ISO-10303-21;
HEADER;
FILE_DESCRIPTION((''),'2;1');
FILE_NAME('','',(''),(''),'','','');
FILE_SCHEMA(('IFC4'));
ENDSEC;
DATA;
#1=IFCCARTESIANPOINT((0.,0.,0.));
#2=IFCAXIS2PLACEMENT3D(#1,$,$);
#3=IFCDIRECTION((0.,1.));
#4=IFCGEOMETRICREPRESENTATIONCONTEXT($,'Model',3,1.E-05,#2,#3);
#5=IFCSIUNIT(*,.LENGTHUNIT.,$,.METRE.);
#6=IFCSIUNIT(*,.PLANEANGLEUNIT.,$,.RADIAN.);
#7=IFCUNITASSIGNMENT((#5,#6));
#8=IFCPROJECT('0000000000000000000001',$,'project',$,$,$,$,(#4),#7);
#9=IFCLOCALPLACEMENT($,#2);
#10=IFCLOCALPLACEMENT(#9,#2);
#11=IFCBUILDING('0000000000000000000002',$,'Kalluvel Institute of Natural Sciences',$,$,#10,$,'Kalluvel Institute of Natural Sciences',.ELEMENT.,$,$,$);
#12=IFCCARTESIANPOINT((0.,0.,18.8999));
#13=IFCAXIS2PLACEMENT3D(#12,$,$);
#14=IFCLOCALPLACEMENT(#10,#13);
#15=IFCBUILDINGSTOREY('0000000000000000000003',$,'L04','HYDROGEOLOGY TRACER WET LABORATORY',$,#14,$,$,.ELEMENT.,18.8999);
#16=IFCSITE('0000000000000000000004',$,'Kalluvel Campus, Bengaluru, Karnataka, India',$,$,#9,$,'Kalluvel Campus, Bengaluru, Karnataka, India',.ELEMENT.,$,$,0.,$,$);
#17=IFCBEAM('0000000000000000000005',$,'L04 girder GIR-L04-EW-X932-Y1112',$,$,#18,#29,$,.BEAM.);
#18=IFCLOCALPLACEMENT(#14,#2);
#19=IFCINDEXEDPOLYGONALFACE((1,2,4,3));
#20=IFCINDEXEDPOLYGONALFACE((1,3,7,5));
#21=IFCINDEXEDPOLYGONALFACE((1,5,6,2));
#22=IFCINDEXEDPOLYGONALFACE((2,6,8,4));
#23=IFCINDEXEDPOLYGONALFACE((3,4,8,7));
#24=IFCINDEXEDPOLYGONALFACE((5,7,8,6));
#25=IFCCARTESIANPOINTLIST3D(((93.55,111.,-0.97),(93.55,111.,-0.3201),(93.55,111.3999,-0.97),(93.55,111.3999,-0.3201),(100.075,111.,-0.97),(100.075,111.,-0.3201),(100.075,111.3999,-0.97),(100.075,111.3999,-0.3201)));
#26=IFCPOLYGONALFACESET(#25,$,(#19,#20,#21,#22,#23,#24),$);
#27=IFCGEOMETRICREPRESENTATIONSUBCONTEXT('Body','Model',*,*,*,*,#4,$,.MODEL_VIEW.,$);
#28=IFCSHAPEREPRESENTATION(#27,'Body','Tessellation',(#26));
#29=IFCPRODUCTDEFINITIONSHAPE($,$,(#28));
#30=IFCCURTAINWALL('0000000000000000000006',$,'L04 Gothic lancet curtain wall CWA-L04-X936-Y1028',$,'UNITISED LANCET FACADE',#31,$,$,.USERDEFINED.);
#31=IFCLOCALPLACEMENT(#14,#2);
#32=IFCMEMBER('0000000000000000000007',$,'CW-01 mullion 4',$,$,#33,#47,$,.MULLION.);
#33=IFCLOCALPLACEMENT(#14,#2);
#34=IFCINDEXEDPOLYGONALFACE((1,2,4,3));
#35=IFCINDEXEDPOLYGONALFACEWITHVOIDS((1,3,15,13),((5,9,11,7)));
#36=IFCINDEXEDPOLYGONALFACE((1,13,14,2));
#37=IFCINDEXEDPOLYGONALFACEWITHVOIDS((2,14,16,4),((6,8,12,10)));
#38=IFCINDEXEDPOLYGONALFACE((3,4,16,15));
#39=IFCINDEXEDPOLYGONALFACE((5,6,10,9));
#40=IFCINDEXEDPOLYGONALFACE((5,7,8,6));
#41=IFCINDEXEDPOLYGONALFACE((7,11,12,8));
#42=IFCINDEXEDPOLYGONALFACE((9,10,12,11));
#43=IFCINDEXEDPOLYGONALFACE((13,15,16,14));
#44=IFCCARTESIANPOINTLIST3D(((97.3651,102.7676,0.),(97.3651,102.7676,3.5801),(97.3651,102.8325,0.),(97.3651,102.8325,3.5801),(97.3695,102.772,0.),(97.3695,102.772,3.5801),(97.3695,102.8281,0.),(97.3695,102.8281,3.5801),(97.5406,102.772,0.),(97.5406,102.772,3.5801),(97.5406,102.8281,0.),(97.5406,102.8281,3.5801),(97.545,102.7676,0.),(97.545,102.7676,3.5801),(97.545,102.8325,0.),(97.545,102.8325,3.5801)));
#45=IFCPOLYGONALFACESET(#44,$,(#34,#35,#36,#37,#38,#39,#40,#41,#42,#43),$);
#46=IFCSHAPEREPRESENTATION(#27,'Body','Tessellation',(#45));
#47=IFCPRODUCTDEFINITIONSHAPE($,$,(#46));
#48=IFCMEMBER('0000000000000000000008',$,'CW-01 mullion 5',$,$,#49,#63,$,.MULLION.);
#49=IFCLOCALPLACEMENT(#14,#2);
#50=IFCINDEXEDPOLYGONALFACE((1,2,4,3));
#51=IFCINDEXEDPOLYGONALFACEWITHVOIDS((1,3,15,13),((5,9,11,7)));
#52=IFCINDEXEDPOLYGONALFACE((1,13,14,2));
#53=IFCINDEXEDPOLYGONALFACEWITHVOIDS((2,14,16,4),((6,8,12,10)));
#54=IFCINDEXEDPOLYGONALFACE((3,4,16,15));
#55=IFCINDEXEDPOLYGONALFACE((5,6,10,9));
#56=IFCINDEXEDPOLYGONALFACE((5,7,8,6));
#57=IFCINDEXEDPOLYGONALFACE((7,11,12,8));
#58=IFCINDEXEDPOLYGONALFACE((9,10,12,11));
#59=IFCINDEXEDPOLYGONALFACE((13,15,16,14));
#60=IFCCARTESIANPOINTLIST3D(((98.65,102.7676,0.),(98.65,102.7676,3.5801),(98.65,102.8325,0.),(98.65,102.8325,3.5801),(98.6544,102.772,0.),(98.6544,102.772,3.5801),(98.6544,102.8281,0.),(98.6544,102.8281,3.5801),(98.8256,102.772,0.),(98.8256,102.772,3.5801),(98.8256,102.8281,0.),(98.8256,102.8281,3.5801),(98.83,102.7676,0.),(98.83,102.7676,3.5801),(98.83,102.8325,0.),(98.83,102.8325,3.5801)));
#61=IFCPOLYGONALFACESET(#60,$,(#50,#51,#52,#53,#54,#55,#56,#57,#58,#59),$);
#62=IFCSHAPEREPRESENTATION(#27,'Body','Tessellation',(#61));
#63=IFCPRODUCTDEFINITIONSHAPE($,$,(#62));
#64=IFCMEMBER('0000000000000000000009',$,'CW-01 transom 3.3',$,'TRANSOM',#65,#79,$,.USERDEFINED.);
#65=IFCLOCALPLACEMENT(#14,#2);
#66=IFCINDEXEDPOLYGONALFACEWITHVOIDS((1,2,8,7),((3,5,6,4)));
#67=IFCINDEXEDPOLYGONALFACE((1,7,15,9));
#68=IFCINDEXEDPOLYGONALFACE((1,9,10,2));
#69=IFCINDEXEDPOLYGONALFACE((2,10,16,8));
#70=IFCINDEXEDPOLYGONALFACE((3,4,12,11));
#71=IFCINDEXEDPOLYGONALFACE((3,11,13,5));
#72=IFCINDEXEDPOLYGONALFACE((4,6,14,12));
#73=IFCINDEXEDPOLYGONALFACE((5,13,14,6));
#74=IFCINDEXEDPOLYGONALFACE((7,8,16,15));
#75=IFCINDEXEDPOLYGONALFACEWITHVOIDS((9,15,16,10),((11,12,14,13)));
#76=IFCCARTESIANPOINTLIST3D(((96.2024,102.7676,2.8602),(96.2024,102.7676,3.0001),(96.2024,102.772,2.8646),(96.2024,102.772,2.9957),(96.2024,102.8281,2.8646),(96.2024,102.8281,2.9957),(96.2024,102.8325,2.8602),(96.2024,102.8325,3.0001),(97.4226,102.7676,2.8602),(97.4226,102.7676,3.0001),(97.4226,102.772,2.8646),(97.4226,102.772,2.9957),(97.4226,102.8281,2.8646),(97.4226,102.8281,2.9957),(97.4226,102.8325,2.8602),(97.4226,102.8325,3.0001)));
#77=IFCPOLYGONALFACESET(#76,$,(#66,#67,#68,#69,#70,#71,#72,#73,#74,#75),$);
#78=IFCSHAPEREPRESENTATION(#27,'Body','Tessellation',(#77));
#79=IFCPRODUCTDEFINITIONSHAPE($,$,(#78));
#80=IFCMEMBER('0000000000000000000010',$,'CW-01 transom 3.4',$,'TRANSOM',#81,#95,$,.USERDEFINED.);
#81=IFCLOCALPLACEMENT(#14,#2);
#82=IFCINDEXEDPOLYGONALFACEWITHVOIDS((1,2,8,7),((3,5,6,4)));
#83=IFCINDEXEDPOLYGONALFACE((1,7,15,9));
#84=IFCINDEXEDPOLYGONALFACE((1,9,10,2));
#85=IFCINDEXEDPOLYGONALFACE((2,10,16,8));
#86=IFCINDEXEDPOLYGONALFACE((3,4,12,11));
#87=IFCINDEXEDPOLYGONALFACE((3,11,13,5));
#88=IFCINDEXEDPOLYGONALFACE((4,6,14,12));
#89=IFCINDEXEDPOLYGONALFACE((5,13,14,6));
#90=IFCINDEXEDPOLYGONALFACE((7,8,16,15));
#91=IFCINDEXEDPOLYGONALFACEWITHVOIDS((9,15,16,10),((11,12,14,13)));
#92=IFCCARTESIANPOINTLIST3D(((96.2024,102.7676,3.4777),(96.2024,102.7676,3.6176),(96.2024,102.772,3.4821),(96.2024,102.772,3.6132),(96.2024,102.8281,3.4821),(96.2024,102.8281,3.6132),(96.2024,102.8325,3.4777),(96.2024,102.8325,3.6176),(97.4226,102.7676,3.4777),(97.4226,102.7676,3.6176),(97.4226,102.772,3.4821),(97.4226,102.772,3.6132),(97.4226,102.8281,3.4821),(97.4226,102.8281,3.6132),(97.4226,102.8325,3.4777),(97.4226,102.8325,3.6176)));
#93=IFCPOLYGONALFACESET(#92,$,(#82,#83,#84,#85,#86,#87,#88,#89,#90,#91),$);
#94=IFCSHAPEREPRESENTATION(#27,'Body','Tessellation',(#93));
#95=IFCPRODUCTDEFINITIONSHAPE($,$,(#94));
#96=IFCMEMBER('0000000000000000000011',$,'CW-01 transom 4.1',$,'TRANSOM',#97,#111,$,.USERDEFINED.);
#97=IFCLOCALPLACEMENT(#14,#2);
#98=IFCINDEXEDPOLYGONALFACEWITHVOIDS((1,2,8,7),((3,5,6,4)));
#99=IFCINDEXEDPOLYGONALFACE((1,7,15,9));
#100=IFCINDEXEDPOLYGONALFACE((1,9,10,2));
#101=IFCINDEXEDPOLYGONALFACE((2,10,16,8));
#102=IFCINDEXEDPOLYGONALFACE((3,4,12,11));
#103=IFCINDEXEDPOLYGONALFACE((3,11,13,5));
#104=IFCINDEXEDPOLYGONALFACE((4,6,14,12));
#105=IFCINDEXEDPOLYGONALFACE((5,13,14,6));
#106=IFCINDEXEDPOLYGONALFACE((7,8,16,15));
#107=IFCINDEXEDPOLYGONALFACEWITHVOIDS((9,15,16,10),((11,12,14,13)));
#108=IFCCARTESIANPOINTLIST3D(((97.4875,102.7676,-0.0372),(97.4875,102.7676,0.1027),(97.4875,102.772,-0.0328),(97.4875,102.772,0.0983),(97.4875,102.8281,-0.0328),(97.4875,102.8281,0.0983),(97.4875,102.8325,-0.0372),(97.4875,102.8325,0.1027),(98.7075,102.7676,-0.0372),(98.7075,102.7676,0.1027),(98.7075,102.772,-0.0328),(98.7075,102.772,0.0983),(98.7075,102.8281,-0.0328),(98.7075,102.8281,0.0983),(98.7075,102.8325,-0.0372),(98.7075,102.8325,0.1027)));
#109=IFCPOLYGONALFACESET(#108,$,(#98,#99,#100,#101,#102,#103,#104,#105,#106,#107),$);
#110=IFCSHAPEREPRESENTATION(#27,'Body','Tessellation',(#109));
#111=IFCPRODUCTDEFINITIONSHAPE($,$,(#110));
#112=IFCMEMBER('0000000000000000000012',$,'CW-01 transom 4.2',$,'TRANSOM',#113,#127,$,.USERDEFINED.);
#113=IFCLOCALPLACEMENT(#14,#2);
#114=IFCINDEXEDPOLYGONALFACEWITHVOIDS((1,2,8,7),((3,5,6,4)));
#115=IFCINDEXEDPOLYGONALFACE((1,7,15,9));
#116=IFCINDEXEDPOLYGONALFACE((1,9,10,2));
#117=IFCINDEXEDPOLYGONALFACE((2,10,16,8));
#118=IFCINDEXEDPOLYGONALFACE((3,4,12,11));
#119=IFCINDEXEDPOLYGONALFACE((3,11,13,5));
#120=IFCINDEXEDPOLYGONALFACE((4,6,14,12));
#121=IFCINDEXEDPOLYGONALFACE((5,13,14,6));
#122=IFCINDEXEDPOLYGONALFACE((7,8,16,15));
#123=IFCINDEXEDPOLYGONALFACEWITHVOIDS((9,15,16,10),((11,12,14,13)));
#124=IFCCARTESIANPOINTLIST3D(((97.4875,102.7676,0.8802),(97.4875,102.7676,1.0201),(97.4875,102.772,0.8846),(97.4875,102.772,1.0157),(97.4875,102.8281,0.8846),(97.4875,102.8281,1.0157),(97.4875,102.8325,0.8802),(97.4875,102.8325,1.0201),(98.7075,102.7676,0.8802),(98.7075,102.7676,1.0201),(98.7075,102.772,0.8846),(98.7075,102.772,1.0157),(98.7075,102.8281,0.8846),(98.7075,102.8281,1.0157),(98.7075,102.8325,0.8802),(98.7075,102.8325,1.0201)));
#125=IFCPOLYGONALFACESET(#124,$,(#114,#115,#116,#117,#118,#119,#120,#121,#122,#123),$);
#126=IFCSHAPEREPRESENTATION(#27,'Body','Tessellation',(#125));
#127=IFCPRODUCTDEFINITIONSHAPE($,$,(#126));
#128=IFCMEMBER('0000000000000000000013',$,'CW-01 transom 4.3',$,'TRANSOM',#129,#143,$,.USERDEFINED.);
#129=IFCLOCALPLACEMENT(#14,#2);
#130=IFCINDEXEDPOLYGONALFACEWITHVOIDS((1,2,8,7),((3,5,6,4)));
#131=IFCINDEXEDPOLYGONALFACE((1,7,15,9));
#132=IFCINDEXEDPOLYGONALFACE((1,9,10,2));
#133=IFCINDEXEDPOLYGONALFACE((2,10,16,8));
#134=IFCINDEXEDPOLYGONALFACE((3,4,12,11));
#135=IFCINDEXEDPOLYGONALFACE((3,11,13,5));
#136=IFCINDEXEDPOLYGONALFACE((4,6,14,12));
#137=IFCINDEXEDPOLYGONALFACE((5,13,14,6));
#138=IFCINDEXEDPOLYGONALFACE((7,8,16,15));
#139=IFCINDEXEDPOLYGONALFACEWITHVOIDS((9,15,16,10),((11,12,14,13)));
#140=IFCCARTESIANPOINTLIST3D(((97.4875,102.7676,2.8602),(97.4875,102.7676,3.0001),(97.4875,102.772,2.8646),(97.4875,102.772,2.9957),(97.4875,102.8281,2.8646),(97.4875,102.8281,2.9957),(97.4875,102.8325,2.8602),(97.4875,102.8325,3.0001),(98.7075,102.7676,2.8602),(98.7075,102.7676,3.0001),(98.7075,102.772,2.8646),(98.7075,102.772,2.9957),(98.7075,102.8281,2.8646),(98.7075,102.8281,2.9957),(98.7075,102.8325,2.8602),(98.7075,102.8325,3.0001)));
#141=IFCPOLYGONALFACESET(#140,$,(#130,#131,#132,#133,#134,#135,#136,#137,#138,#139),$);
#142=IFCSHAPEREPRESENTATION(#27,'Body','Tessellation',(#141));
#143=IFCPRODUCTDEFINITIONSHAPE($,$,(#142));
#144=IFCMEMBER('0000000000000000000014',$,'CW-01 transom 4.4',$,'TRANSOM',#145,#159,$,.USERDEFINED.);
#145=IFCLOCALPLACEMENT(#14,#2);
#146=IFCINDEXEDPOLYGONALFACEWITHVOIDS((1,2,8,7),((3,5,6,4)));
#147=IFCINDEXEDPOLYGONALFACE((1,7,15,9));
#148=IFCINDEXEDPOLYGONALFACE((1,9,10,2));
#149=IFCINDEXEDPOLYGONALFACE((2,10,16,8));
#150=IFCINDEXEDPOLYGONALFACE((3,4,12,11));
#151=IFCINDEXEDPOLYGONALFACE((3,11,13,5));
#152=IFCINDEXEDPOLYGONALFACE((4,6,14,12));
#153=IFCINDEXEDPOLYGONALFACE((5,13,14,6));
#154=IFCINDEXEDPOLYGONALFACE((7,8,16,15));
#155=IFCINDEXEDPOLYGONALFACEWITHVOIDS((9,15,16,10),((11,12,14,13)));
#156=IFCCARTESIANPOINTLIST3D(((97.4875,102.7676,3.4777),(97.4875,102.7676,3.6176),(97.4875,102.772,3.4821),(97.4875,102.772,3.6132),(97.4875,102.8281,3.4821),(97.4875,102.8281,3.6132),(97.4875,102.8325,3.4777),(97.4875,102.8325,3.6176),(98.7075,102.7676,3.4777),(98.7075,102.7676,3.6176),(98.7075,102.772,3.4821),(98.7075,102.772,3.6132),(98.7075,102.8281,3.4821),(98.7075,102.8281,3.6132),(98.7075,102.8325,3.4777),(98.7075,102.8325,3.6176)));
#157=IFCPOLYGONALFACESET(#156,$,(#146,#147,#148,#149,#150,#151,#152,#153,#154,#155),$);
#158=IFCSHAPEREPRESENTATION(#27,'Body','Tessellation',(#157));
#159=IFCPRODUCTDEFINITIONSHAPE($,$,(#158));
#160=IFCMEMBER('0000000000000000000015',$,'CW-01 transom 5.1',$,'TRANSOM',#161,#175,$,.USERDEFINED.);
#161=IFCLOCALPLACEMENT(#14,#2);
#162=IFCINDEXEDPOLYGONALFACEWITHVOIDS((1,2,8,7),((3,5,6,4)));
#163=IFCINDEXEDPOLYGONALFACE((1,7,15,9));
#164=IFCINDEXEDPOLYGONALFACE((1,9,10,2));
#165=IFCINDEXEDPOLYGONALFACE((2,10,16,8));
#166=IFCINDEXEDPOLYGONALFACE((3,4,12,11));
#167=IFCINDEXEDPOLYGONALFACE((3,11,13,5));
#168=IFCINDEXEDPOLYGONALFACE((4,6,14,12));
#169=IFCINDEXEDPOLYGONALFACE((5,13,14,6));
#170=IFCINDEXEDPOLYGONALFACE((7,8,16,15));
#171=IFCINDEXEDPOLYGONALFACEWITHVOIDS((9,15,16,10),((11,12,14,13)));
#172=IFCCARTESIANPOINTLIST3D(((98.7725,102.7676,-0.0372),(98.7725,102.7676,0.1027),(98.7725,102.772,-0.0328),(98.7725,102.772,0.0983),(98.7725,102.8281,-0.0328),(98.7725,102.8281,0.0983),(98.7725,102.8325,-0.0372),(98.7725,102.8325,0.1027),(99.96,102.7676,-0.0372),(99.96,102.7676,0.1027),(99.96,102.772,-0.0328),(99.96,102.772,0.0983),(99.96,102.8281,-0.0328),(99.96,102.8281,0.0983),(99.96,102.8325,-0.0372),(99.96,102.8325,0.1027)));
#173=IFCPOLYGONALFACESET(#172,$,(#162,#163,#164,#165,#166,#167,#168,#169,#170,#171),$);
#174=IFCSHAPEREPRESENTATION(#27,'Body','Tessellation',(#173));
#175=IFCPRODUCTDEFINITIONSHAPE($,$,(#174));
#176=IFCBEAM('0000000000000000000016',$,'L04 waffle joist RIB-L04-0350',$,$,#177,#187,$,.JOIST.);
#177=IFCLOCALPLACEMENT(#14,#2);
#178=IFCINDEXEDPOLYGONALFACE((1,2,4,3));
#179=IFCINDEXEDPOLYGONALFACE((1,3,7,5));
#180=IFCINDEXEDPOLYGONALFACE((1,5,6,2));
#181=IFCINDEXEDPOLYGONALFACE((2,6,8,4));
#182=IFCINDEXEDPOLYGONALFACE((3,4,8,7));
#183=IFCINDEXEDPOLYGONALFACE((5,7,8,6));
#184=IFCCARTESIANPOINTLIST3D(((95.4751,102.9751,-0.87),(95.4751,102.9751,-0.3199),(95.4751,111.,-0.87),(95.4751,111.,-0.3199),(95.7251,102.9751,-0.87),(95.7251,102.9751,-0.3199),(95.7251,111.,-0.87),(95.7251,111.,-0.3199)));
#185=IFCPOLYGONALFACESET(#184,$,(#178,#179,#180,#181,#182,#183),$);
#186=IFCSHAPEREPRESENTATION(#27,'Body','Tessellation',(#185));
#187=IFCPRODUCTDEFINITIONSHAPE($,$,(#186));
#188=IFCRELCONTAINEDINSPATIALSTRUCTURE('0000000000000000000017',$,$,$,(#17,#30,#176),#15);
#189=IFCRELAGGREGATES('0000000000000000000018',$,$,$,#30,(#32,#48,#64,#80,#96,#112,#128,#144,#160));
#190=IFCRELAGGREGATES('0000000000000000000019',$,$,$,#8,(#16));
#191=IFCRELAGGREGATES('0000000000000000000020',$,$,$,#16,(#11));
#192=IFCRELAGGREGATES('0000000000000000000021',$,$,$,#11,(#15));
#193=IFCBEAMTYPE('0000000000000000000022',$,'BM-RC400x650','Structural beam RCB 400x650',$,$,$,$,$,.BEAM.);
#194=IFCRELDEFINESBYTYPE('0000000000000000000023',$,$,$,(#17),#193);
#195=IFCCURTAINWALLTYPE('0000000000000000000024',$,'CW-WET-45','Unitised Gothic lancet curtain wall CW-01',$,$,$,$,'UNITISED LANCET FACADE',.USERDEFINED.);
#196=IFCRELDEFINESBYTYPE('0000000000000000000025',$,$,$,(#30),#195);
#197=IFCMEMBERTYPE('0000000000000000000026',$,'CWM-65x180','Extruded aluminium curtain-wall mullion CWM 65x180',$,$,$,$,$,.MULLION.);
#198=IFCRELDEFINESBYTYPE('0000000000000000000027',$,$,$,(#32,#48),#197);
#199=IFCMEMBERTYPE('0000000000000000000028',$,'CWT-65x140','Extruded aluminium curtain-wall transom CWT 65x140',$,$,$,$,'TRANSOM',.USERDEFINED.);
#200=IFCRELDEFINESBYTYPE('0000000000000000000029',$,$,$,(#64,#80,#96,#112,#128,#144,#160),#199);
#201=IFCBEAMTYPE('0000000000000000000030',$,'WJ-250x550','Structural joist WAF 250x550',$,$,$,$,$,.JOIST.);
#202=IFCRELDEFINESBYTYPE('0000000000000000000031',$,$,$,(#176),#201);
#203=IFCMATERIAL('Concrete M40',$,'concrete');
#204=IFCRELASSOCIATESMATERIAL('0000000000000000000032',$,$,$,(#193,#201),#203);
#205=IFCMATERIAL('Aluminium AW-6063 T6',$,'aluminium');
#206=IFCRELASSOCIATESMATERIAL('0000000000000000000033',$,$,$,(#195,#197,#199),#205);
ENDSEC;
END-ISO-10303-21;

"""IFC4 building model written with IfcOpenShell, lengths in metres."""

from ifc_helpers import new_model, si_unit, direction, frame, origin, origin_2d, place, context, subcontext, project, spatial, rectangle, hollow_rectangle, extrude, material, material_profile, profile_set, type_object, element, aggregate, save


model = new_model("IFC4")

# Units and contexts
model_context = context("Model", 3, precision=1e-05, world=origin(), true_north=direction((0.0, 1.0)))
body_context = subcontext(model_context, "Body", "Model", "MODEL_VIEW")
ifc_project = project(units=[si_unit("LENGTHUNIT", "METRE"), si_unit("PLANEANGLEUNIT", "RADIAN")], contexts=[model_context])

# Site, building, storey
site_placement = place(None, origin())
site = spatial("IfcSite", under=ifc_project, at=site_placement, Name="Kalluvel Campus, Bengaluru, Karnataka, India", LongName="Kalluvel Campus, Bengaluru, Karnataka, India", CompositionType="ELEMENT", RefElevation=0.0)
building_placement = place(site_placement, origin())
building = spatial("IfcBuilding", under=site, at=building_placement, Name="Kalluvel Institute of Natural Sciences", LongName="Kalluvel Institute of Natural Sciences", CompositionType="ELEMENT")
storey_placement = place(building_placement, frame((0.0, 0.0, 18.8999)))
storey = spatial("IfcBuildingStorey", under=building, at=storey_placement, Name="L04", Description="HYDROGEOLOGY TRACER WET LABORATORY", CompositionType="ELEMENT", Elevation=18.8999)

# Beam
ifc_material_1 = material(Name="Concrete M40", Category="concrete")
ifc_material_profile_1 = material_profile(ifc_material_1, rectangle(XDim=0.3999, YDim=0.6499, at=origin_2d()), Name="RCB 400x650")
ifc_profile_set_1 = profile_set([ifc_material_profile_1], Name="Concrete M40")
beam_type_1 = type_object("IfcBeamType", Name="BM-RC400x650", Description="Structural beam RCB 400x650", PredefinedType="BEAM", material=ifc_profile_set_1)
beam_1_placement = place(storey_placement, frame((93.55, 111.2, -0.645), z_axis=(1.0, 0.0, 0.0), x_axis=(0.0, 1.0, 0.0)))
element("IfcBeam", 1, at=beam_1_placement, inside=storey, type_object=beam_type_1, Name="L04 girder GIR-L04-EW-X932-Y1112", PredefinedType="BEAM", context=body_context, shape_type="SweptSolid", body=[
    extrude(rectangle(XDim=0.3999, YDim=0.6499, at=origin_2d()), origin(), (0.0, 0.0, 1.0), 6.5249),
])

# Curtain wall, members
ifc_material_2 = material(Name="Aluminium AW-6063 T6", Category="aluminium")
curtain_wall_type = type_object("IfcCurtainWallType", Name="CW-WET-45", Description="Unitised Gothic lancet curtain wall CW-01", ElementType="UNITISED LANCET FACADE", PredefinedType="USERDEFINED", material=ifc_material_2)
curtain_wall_placement = place(storey_placement, origin())
curtain_wall = element("IfcCurtainWall", 2, at=curtain_wall_placement, inside=storey, type_object=curtain_wall_type, Name="L04 Gothic lancet curtain wall CWA-L04-X936-Y1028", ObjectType="UNITISED LANCET FACADE", PredefinedType="USERDEFINED")
ifc_material_profile_2 = material_profile(ifc_material_2, hollow_rectangle(XDim=0.0649, YDim=0.1799, WallThickness=0.0044, at=origin_2d()), Name="CWM 65x180")
ifc_profile_set_2 = profile_set([ifc_material_profile_2], Name="Aluminium AW-6063 T6")
member_type_1 = type_object("IfcMemberType", Name="CWM-65x180", Description="Extruded aluminium curtain-wall mullion CWM 65x180", PredefinedType="MULLION", material=ifc_profile_set_2)
member_1_placement = place(storey_placement, frame((97.4551, 102.8, 0.0), z_axis=(0.0, 0.0, 1.0), x_axis=(0.0, 1.0, 0.0)))
member_1 = element("IfcMember", 3, at=member_1_placement, type_object=member_type_1, Name="CW-01 mullion 4", PredefinedType="MULLION", context=body_context, shape_type="SweptSolid", body=[
    extrude(hollow_rectangle(XDim=0.0649, YDim=0.1799, WallThickness=0.0044, at=origin_2d()), origin(), (0.0, 0.0, 1.0), 3.5801),
])
member_2_placement = place(storey_placement, frame((98.74, 102.8, 0.0), z_axis=(0.0, 0.0, 1.0), x_axis=(0.0, 1.0, 0.0)))
member_2 = element("IfcMember", 4, at=member_2_placement, type_object=member_type_1, Name="CW-01 mullion 5", PredefinedType="MULLION", context=body_context, shape_type="SweptSolid", body=[
    extrude(hollow_rectangle(XDim=0.0649, YDim=0.1799, WallThickness=0.0044, at=origin_2d()), origin(), (0.0, 0.0, 1.0), 3.5801),
])
ifc_material_profile_3 = material_profile(ifc_material_2, hollow_rectangle(XDim=0.0649, YDim=0.1399, WallThickness=0.0044, at=origin_2d()), Name="CWT 65x140")
ifc_profile_set_3 = profile_set([ifc_material_profile_3], Name="Aluminium AW-6063 T6")
member_type_2 = type_object("IfcMemberType", Name="CWT-65x140", Description="Extruded aluminium curtain-wall transom CWT 65x140", ElementType="TRANSOM", PredefinedType="USERDEFINED", material=ifc_profile_set_3)
member_3_placement = place(storey_placement, frame((96.2024, 102.8, 2.9302), z_axis=(1.0, 0.0, 0.0), x_axis=(0.0, 1.0, 0.0)))
member_3 = element("IfcMember", 5, at=member_3_placement, type_object=member_type_2, Name="CW-01 transom 3.3", ObjectType="TRANSOM", PredefinedType="USERDEFINED", context=body_context, shape_type="SweptSolid", body=[
    extrude(hollow_rectangle(XDim=0.0649, YDim=0.1399, WallThickness=0.0044, at=origin_2d()), origin(), (0.0, 0.0, 1.0), 1.2202),
])
member_4_placement = place(storey_placement, frame((96.2024, 102.8, 3.5476), z_axis=(1.0, 0.0, 0.0), x_axis=(0.0, 1.0, 0.0)))
member_4 = element("IfcMember", 6, at=member_4_placement, type_object=member_type_2, Name="CW-01 transom 3.4", ObjectType="TRANSOM", PredefinedType="USERDEFINED", context=body_context, shape_type="SweptSolid", body=[
    extrude(hollow_rectangle(XDim=0.0649, YDim=0.1399, WallThickness=0.0044, at=origin_2d()), origin(), (0.0, 0.0, 1.0), 1.2202),
])
member_5_placement = place(storey_placement, frame((97.4875, 102.8, 0.0327), z_axis=(1.0, 0.0, 0.0), x_axis=(0.0, 1.0, 0.0)))
member_5 = element("IfcMember", 7, at=member_5_placement, type_object=member_type_2, Name="CW-01 transom 4.1", ObjectType="TRANSOM", PredefinedType="USERDEFINED", context=body_context, shape_type="SweptSolid", body=[
    extrude(hollow_rectangle(XDim=0.0649, YDim=0.1399, WallThickness=0.0044, at=origin_2d()), origin(), (0.0, 0.0, 1.0), 1.22),
])
member_6_placement = place(storey_placement, frame((97.4875, 102.8, 0.9502), z_axis=(1.0, 0.0, 0.0), x_axis=(0.0, 1.0, 0.0)))
member_6 = element("IfcMember", 8, at=member_6_placement, type_object=member_type_2, Name="CW-01 transom 4.2", ObjectType="TRANSOM", PredefinedType="USERDEFINED", context=body_context, shape_type="SweptSolid", body=[
    extrude(hollow_rectangle(XDim=0.0649, YDim=0.1399, WallThickness=0.0044, at=origin_2d()), origin(), (0.0, 0.0, 1.0), 1.22),
])
member_7_placement = place(storey_placement, frame((97.4875, 102.8, 2.9302), z_axis=(1.0, 0.0, 0.0), x_axis=(0.0, 1.0, 0.0)))
member_7 = element("IfcMember", 9, at=member_7_placement, type_object=member_type_2, Name="CW-01 transom 4.3", ObjectType="TRANSOM", PredefinedType="USERDEFINED", context=body_context, shape_type="SweptSolid", body=[
    extrude(hollow_rectangle(XDim=0.0649, YDim=0.1399, WallThickness=0.0044, at=origin_2d()), origin(), (0.0, 0.0, 1.0), 1.22),
])
member_8_placement = place(storey_placement, frame((97.4875, 102.8, 3.5476), z_axis=(1.0, 0.0, 0.0), x_axis=(0.0, 1.0, 0.0)))
member_8 = element("IfcMember", 10, at=member_8_placement, type_object=member_type_2, Name="CW-01 transom 4.4", ObjectType="TRANSOM", PredefinedType="USERDEFINED", context=body_context, shape_type="SweptSolid", body=[
    extrude(hollow_rectangle(XDim=0.0649, YDim=0.1399, WallThickness=0.0044, at=origin_2d()), origin(), (0.0, 0.0, 1.0), 1.22),
])
member_9_placement = place(storey_placement, frame((98.7725, 102.8, 0.0327), z_axis=(1.0, 0.0, 0.0), x_axis=(0.0, 1.0, 0.0)))
member_9 = element("IfcMember", 11, at=member_9_placement, type_object=member_type_2, Name="CW-01 transom 5.1", ObjectType="TRANSOM", PredefinedType="USERDEFINED", context=body_context, shape_type="SweptSolid", body=[
    extrude(hollow_rectangle(XDim=0.0649, YDim=0.1399, WallThickness=0.0044, at=origin_2d()), origin(), (0.0, 0.0, 1.0), 1.1875),
])

# Beam
ifc_material_profile_4 = material_profile(ifc_material_1, rectangle(XDim=0.25, YDim=0.55, at=origin_2d()), Name="WAF 250x550")
ifc_profile_set_4 = profile_set([ifc_material_profile_4], Name="Concrete M40")
beam_type_2 = type_object("IfcBeamType", Name="WJ-250x550", Description="Structural joist WAF 250x550", PredefinedType="JOIST", material=ifc_profile_set_4)
beam_2_placement = place(storey_placement, frame((95.6001, 102.9751, -0.595), z_axis=(0.0, 1.0, 0.0), x_axis=(-1.0, 0.0, 0.0)))
element("IfcBeam", 12, at=beam_2_placement, inside=storey, type_object=beam_type_2, Name="L04 waffle joist RIB-L04-0350", PredefinedType="JOIST", context=body_context, shape_type="SweptSolid", body=[
    extrude(rectangle(XDim=0.25, YDim=0.55, at=origin_2d()), origin(), (0.0, 0.0, 1.0), 8.0249),
])

aggregate(curtain_wall, [member_1, member_2, member_3, member_4, member_5, member_6, member_7, member_8, member_9])

save(model, "model.ifc")
